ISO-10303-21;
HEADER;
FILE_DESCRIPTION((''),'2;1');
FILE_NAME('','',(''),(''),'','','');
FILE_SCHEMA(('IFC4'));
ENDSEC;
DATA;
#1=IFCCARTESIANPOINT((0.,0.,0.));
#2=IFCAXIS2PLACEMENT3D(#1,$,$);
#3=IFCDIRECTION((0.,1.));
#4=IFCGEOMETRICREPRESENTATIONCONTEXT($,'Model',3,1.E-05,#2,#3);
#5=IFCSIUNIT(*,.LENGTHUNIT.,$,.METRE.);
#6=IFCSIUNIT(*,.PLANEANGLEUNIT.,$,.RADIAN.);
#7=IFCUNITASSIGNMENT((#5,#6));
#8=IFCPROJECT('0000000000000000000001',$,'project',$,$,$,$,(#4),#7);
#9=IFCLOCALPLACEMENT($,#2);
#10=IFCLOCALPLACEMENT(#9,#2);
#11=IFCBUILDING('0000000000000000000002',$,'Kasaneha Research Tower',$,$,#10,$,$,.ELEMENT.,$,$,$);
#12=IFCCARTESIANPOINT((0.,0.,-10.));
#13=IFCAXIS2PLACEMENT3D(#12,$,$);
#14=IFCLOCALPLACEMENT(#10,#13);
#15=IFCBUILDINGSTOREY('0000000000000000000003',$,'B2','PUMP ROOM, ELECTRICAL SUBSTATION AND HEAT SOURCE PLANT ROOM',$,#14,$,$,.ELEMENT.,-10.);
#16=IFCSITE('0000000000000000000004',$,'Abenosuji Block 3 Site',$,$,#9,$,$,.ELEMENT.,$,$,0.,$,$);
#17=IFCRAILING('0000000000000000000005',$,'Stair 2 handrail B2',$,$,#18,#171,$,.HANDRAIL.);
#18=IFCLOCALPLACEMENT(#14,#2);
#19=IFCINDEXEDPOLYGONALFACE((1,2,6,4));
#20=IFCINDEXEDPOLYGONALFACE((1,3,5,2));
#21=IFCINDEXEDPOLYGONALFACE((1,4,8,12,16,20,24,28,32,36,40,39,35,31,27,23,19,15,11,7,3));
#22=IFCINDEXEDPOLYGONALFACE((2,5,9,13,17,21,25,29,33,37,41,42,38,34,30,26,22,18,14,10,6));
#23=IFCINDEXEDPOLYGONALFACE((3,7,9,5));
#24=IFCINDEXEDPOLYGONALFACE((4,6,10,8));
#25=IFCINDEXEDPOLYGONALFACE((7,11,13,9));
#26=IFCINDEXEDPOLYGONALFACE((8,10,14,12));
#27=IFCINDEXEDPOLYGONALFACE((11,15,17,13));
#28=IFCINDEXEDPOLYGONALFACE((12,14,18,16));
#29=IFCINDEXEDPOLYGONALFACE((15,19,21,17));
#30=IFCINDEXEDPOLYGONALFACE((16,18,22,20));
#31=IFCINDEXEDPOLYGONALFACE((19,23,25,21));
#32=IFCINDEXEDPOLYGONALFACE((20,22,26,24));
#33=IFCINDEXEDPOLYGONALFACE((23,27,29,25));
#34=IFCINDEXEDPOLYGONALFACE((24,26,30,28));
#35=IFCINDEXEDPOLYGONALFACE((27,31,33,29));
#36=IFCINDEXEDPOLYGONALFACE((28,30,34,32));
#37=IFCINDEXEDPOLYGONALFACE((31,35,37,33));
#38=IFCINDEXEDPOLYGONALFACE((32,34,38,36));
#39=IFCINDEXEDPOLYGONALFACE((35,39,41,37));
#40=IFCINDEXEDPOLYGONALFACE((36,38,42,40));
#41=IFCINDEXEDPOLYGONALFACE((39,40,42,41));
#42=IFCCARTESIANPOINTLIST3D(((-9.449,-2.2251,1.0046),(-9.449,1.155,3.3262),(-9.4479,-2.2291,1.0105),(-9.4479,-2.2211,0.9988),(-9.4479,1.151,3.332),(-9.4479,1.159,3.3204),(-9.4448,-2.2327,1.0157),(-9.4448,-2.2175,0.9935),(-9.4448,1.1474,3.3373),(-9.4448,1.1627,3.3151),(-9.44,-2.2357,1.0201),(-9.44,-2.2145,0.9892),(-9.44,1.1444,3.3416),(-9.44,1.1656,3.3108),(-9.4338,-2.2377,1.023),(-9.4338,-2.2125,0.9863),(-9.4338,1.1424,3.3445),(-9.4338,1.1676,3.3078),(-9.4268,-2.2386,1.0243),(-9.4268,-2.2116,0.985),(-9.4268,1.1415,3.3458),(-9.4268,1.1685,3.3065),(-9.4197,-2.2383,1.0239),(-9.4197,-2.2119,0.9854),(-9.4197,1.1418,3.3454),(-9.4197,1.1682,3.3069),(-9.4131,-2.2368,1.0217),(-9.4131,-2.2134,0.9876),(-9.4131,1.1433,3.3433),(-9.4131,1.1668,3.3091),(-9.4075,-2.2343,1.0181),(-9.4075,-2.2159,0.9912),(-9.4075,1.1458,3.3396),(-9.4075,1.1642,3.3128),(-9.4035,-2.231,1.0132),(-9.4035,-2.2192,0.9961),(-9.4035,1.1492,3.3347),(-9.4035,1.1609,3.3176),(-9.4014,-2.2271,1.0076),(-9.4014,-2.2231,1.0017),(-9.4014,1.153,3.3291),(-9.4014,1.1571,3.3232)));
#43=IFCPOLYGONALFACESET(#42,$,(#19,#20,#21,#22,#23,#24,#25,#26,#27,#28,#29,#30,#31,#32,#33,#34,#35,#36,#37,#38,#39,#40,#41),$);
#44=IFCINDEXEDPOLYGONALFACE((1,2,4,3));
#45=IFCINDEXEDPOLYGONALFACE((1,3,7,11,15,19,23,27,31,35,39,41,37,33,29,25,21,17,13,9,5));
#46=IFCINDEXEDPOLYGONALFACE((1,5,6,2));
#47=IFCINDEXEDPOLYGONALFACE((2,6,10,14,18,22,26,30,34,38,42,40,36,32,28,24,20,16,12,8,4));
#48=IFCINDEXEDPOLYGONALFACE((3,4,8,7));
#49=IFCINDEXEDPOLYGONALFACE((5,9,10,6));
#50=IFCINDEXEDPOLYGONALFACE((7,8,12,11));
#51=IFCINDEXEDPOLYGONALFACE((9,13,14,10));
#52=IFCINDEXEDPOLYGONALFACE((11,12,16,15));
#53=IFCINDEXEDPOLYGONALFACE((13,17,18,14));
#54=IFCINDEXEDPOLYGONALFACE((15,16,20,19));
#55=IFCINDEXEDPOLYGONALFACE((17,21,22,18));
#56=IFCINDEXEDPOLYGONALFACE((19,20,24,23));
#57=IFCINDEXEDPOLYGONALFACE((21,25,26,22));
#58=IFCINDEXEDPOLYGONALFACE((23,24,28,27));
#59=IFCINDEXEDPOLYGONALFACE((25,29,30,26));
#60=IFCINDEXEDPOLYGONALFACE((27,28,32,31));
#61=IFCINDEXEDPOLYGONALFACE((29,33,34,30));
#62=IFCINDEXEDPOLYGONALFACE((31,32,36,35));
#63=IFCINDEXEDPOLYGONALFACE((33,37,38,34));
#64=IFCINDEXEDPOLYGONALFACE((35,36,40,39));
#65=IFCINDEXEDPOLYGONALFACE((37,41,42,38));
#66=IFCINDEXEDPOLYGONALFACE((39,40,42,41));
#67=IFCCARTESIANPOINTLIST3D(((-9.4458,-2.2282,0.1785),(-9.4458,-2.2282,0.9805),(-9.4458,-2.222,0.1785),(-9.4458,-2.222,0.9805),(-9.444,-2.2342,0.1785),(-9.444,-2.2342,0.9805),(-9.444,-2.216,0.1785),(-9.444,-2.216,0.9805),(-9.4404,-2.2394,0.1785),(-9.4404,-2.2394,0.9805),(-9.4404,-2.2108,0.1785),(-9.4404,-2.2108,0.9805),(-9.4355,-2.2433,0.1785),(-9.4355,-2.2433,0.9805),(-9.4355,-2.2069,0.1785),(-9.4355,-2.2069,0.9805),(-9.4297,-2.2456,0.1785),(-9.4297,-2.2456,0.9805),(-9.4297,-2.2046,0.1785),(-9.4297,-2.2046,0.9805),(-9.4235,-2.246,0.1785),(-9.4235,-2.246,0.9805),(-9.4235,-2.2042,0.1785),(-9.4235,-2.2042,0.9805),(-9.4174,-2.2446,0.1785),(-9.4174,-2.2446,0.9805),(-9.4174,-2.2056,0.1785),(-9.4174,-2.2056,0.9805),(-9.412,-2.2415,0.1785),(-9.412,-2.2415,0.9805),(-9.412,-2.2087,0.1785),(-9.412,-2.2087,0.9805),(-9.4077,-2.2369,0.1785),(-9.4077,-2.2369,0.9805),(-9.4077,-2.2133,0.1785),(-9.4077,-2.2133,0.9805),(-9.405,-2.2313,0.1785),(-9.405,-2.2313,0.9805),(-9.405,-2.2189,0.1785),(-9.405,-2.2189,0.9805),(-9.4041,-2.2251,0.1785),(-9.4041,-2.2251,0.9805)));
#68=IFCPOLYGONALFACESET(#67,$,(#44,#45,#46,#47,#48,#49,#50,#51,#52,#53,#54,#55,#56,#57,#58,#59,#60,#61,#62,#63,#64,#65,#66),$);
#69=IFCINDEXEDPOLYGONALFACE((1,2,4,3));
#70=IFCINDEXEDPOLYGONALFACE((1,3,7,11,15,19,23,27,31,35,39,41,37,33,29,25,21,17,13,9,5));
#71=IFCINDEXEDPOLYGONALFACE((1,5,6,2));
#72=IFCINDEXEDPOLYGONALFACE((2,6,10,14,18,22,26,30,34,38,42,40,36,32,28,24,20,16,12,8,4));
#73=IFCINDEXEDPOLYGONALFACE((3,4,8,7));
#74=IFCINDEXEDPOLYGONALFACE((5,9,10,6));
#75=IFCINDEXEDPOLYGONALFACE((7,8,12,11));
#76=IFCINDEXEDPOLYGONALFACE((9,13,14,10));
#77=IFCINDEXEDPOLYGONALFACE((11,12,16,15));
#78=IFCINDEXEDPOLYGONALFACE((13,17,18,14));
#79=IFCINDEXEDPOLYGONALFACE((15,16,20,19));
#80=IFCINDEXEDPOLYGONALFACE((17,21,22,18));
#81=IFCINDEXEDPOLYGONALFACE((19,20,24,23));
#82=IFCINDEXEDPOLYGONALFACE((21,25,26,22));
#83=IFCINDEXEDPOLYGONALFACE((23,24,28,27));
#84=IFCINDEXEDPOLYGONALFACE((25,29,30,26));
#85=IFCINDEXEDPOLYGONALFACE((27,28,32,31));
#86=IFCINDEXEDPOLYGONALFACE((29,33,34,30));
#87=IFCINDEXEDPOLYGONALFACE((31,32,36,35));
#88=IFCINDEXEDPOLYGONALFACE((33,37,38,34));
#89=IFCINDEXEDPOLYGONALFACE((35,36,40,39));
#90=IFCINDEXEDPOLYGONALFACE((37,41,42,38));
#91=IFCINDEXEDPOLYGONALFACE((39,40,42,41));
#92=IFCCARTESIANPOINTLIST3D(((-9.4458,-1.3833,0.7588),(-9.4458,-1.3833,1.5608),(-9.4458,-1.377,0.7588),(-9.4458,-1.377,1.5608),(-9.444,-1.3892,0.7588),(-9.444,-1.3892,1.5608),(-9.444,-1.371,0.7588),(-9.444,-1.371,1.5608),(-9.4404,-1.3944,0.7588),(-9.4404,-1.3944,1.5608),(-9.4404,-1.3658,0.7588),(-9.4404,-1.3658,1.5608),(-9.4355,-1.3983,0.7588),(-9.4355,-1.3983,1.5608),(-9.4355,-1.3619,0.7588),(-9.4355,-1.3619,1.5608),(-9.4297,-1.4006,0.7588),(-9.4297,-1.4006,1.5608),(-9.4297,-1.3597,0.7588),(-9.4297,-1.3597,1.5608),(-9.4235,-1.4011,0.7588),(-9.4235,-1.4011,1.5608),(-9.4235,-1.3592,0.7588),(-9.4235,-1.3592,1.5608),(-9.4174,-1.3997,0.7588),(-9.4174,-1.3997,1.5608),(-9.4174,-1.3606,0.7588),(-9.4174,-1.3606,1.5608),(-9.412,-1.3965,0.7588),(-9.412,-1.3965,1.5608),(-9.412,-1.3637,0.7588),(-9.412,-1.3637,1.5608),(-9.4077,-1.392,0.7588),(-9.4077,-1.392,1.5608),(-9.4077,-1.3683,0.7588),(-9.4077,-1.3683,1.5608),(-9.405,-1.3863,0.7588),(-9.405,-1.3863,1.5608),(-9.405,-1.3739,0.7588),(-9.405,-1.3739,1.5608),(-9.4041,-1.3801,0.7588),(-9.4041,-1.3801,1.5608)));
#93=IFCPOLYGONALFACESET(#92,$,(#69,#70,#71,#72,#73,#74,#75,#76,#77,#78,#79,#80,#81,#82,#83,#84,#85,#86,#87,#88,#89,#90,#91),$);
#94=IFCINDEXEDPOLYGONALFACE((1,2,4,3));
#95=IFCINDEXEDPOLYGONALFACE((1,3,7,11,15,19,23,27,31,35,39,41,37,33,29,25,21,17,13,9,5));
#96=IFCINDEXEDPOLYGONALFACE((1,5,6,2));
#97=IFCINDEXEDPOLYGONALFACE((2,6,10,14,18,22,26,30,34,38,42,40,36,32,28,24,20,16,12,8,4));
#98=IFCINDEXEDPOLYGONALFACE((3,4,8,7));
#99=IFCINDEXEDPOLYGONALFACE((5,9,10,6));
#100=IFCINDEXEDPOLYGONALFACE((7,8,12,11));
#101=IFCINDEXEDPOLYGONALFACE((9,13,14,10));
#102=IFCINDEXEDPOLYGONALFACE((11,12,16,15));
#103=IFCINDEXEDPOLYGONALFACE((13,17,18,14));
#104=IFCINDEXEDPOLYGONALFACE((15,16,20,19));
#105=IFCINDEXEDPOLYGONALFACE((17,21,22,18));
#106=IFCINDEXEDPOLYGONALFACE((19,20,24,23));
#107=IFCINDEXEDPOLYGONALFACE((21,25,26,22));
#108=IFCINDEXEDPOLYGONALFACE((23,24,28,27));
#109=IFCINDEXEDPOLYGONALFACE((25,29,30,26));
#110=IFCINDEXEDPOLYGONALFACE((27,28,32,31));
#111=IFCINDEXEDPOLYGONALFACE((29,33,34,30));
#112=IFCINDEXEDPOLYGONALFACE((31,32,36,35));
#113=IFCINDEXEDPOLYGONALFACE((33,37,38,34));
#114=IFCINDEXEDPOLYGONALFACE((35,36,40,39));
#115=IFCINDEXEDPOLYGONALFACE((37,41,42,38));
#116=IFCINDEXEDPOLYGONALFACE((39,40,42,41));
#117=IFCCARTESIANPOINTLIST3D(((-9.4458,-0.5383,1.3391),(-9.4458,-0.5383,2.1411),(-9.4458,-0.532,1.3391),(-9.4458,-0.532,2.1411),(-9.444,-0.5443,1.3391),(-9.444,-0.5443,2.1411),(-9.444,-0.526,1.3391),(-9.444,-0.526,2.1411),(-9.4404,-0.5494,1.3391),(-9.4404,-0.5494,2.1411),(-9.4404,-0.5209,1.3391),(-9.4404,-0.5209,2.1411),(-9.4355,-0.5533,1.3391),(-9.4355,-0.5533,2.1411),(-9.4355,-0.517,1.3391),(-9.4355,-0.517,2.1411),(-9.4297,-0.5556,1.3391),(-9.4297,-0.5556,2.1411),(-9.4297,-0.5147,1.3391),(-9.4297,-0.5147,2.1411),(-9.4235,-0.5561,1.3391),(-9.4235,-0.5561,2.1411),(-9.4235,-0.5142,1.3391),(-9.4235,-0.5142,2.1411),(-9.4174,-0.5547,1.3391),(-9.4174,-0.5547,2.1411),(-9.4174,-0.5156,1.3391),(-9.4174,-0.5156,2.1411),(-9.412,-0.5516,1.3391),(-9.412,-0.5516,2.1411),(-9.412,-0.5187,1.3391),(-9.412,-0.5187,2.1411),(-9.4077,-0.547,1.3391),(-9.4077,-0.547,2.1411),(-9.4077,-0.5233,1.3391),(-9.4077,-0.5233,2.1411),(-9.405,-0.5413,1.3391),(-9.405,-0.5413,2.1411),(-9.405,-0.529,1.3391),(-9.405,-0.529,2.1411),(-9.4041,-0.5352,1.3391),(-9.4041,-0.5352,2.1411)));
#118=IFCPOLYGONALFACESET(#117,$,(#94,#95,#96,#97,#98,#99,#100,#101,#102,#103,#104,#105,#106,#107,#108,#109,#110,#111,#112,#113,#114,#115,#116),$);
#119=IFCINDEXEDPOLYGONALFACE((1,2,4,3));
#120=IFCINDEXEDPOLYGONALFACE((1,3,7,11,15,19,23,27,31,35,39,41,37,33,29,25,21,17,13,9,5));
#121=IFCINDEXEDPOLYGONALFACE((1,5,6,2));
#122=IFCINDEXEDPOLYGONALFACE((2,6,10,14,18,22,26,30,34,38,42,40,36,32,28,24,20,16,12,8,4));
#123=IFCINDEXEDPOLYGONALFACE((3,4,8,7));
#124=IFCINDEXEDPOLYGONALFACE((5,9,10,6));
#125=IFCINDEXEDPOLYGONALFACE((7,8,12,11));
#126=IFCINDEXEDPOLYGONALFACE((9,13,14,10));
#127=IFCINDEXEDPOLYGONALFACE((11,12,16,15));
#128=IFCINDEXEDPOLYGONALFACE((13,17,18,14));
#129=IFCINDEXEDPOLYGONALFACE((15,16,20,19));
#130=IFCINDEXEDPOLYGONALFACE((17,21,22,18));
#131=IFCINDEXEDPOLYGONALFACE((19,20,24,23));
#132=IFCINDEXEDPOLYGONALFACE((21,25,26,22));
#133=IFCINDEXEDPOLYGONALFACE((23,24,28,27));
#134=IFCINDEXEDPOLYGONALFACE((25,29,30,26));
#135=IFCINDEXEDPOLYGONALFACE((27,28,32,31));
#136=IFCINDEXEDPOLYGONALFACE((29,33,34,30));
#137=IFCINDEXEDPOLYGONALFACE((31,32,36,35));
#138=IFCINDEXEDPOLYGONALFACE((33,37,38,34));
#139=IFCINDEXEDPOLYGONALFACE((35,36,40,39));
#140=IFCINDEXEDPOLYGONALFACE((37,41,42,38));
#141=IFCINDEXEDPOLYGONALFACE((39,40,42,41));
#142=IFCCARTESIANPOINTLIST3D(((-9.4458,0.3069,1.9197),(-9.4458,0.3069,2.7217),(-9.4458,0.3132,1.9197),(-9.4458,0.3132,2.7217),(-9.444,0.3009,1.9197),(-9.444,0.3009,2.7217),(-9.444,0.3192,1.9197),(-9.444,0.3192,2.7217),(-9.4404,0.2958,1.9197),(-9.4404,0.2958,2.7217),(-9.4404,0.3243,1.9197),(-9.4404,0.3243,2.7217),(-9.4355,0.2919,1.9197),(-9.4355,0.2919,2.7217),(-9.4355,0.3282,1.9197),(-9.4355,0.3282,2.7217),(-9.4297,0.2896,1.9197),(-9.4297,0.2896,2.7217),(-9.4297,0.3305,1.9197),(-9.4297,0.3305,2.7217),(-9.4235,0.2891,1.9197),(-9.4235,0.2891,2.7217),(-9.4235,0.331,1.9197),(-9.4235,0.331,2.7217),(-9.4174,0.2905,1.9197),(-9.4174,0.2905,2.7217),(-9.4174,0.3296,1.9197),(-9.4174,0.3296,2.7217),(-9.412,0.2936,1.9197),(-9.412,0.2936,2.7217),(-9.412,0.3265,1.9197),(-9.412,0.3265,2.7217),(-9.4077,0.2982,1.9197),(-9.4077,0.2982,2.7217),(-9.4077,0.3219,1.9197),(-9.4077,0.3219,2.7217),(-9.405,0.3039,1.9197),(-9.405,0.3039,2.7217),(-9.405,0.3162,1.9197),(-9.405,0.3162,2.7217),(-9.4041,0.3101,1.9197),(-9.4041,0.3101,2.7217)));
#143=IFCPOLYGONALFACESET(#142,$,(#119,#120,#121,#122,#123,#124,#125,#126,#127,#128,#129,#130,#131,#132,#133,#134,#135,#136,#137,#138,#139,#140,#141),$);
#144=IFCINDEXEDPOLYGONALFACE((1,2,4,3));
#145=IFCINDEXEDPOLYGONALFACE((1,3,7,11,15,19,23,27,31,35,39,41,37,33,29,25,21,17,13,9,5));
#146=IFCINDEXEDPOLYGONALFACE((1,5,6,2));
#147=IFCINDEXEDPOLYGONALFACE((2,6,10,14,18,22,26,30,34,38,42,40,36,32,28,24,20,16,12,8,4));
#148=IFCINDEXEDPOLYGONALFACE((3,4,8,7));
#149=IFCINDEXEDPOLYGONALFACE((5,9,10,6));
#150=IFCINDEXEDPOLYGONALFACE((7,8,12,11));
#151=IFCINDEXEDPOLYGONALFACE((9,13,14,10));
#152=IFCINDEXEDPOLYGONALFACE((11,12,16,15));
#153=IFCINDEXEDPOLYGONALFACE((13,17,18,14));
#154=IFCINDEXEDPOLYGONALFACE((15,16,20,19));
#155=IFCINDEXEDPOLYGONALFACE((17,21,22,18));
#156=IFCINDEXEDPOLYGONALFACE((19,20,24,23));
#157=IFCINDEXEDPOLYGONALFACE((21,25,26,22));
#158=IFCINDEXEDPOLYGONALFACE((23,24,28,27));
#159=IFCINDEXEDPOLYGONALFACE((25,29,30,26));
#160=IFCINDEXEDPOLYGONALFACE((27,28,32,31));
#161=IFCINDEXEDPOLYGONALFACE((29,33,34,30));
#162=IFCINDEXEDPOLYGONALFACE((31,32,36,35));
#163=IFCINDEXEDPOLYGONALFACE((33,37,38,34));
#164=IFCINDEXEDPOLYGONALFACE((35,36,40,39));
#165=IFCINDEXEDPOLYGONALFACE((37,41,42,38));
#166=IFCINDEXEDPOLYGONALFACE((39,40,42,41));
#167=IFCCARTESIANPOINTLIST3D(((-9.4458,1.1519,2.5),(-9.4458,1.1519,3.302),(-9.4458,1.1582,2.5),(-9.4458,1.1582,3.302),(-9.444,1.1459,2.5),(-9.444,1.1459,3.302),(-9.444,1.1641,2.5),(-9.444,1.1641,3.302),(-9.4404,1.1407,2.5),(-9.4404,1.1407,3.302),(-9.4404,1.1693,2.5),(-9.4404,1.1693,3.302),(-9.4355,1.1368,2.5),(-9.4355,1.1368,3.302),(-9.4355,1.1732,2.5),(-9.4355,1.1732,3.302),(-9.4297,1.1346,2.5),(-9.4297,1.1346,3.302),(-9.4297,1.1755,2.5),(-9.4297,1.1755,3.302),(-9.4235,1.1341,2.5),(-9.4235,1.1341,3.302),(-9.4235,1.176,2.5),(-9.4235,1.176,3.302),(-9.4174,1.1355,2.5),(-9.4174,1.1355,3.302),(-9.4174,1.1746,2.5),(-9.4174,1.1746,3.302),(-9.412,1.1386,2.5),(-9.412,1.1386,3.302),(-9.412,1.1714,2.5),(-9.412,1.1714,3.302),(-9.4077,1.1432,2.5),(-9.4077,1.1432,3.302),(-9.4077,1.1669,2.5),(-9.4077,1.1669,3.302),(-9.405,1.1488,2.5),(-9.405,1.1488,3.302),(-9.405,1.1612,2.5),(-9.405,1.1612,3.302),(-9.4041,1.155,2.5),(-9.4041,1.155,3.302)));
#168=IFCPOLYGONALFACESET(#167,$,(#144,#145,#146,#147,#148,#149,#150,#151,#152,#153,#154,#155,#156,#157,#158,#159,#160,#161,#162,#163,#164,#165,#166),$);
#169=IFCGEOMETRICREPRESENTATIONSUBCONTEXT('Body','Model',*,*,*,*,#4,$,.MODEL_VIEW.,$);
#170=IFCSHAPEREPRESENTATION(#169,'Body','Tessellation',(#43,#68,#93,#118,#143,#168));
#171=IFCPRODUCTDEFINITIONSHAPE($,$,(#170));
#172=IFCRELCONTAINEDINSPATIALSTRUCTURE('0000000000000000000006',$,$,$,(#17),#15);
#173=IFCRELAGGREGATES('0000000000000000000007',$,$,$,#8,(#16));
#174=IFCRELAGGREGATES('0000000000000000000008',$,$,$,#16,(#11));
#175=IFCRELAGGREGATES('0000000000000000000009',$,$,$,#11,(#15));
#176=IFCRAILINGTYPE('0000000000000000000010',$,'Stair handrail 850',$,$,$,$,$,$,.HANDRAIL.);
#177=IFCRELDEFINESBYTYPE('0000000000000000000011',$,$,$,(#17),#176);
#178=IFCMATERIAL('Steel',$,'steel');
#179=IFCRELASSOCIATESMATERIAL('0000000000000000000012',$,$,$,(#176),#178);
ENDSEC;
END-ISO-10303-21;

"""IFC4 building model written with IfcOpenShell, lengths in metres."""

from ifc_helpers import new_model, si_unit, direction, frame, origin, origin_2d, place, context, subcontext, project, spatial, circle, extrude, material, type_object, element, save


model = new_model("IFC4")

# Units and contexts
model_context = context("Model", 3, precision=1e-05, world=origin(), true_north=direction((0.0, 1.0)))
body_context = subcontext(model_context, "Body", "Model", "MODEL_VIEW")
ifc_project = project(units=[si_unit("LENGTHUNIT", "METRE"), si_unit("PLANEANGLEUNIT", "RADIAN")], contexts=[model_context])

# Site, building, storey
site_placement = place(None, origin())
site = spatial("IfcSite", under=ifc_project, at=site_placement, Name="Abenosuji Block 3 Site", CompositionType="ELEMENT", RefElevation=0.0)
building_placement = place(site_placement, origin())
building = spatial("IfcBuilding", under=site, at=building_placement, Name="Kasaneha Research Tower", CompositionType="ELEMENT")
storey_placement = place(building_placement, frame((0.0, 0.0, -10.0)))
storey = spatial("IfcBuildingStorey", under=building, at=storey_placement, Name="B2", Description="PUMP ROOM, ELECTRICAL SUBSTATION AND HEAT SOURCE PLANT ROOM", CompositionType="ELEMENT", Elevation=-10.0)

# Railing
ifc_material_1 = material(Name="Steel", Category="steel")
railing_type = type_object("IfcRailingType", Name="Stair handrail 850", PredefinedType="HANDRAIL", material=ifc_material_1)
railing_placement = place(storey_placement, frame((-9.425, -2.2251, 0.1785)))
element("IfcRailing", 1, at=railing_placement, inside=storey, type_object=railing_type, Name="Stair 2 handrail B2", PredefinedType="HANDRAIL", context=body_context, shape_type="SweptSolid", body=[
    extrude(circle(Radius=0.0239, at=origin_2d()), frame((0.0, 0.0, 0.8262), z_axis=(0.0, 0.824304, 0.566147), x_axis=(-1.0, 0.0, 0.0)), (0.0, 0.0, 1.0), 4.1006),
    extrude(circle(Radius=0.021, at=origin_2d()), origin(), (0.0, 0.0, 1.0), 0.802),
    extrude(circle(Radius=0.021, at=origin_2d()), frame((0.0, 0.845, 0.5803)), (0.0, 0.0, 1.0), 0.802),
    extrude(circle(Radius=0.021, at=origin_2d()), frame((0.0, 1.6899, 1.1606)), (0.0, 0.0, 1.0), 0.802),
    extrude(circle(Radius=0.021, at=origin_2d()), frame((0.0, 2.5352, 1.7412)), (0.0, 0.0, 1.0), 0.802),
    extrude(circle(Radius=0.021, at=origin_2d()), frame((0.0, 3.3801, 2.3215)), (0.0, 0.0, 1.0), 0.802),
])

save(model, "model.ifc")
